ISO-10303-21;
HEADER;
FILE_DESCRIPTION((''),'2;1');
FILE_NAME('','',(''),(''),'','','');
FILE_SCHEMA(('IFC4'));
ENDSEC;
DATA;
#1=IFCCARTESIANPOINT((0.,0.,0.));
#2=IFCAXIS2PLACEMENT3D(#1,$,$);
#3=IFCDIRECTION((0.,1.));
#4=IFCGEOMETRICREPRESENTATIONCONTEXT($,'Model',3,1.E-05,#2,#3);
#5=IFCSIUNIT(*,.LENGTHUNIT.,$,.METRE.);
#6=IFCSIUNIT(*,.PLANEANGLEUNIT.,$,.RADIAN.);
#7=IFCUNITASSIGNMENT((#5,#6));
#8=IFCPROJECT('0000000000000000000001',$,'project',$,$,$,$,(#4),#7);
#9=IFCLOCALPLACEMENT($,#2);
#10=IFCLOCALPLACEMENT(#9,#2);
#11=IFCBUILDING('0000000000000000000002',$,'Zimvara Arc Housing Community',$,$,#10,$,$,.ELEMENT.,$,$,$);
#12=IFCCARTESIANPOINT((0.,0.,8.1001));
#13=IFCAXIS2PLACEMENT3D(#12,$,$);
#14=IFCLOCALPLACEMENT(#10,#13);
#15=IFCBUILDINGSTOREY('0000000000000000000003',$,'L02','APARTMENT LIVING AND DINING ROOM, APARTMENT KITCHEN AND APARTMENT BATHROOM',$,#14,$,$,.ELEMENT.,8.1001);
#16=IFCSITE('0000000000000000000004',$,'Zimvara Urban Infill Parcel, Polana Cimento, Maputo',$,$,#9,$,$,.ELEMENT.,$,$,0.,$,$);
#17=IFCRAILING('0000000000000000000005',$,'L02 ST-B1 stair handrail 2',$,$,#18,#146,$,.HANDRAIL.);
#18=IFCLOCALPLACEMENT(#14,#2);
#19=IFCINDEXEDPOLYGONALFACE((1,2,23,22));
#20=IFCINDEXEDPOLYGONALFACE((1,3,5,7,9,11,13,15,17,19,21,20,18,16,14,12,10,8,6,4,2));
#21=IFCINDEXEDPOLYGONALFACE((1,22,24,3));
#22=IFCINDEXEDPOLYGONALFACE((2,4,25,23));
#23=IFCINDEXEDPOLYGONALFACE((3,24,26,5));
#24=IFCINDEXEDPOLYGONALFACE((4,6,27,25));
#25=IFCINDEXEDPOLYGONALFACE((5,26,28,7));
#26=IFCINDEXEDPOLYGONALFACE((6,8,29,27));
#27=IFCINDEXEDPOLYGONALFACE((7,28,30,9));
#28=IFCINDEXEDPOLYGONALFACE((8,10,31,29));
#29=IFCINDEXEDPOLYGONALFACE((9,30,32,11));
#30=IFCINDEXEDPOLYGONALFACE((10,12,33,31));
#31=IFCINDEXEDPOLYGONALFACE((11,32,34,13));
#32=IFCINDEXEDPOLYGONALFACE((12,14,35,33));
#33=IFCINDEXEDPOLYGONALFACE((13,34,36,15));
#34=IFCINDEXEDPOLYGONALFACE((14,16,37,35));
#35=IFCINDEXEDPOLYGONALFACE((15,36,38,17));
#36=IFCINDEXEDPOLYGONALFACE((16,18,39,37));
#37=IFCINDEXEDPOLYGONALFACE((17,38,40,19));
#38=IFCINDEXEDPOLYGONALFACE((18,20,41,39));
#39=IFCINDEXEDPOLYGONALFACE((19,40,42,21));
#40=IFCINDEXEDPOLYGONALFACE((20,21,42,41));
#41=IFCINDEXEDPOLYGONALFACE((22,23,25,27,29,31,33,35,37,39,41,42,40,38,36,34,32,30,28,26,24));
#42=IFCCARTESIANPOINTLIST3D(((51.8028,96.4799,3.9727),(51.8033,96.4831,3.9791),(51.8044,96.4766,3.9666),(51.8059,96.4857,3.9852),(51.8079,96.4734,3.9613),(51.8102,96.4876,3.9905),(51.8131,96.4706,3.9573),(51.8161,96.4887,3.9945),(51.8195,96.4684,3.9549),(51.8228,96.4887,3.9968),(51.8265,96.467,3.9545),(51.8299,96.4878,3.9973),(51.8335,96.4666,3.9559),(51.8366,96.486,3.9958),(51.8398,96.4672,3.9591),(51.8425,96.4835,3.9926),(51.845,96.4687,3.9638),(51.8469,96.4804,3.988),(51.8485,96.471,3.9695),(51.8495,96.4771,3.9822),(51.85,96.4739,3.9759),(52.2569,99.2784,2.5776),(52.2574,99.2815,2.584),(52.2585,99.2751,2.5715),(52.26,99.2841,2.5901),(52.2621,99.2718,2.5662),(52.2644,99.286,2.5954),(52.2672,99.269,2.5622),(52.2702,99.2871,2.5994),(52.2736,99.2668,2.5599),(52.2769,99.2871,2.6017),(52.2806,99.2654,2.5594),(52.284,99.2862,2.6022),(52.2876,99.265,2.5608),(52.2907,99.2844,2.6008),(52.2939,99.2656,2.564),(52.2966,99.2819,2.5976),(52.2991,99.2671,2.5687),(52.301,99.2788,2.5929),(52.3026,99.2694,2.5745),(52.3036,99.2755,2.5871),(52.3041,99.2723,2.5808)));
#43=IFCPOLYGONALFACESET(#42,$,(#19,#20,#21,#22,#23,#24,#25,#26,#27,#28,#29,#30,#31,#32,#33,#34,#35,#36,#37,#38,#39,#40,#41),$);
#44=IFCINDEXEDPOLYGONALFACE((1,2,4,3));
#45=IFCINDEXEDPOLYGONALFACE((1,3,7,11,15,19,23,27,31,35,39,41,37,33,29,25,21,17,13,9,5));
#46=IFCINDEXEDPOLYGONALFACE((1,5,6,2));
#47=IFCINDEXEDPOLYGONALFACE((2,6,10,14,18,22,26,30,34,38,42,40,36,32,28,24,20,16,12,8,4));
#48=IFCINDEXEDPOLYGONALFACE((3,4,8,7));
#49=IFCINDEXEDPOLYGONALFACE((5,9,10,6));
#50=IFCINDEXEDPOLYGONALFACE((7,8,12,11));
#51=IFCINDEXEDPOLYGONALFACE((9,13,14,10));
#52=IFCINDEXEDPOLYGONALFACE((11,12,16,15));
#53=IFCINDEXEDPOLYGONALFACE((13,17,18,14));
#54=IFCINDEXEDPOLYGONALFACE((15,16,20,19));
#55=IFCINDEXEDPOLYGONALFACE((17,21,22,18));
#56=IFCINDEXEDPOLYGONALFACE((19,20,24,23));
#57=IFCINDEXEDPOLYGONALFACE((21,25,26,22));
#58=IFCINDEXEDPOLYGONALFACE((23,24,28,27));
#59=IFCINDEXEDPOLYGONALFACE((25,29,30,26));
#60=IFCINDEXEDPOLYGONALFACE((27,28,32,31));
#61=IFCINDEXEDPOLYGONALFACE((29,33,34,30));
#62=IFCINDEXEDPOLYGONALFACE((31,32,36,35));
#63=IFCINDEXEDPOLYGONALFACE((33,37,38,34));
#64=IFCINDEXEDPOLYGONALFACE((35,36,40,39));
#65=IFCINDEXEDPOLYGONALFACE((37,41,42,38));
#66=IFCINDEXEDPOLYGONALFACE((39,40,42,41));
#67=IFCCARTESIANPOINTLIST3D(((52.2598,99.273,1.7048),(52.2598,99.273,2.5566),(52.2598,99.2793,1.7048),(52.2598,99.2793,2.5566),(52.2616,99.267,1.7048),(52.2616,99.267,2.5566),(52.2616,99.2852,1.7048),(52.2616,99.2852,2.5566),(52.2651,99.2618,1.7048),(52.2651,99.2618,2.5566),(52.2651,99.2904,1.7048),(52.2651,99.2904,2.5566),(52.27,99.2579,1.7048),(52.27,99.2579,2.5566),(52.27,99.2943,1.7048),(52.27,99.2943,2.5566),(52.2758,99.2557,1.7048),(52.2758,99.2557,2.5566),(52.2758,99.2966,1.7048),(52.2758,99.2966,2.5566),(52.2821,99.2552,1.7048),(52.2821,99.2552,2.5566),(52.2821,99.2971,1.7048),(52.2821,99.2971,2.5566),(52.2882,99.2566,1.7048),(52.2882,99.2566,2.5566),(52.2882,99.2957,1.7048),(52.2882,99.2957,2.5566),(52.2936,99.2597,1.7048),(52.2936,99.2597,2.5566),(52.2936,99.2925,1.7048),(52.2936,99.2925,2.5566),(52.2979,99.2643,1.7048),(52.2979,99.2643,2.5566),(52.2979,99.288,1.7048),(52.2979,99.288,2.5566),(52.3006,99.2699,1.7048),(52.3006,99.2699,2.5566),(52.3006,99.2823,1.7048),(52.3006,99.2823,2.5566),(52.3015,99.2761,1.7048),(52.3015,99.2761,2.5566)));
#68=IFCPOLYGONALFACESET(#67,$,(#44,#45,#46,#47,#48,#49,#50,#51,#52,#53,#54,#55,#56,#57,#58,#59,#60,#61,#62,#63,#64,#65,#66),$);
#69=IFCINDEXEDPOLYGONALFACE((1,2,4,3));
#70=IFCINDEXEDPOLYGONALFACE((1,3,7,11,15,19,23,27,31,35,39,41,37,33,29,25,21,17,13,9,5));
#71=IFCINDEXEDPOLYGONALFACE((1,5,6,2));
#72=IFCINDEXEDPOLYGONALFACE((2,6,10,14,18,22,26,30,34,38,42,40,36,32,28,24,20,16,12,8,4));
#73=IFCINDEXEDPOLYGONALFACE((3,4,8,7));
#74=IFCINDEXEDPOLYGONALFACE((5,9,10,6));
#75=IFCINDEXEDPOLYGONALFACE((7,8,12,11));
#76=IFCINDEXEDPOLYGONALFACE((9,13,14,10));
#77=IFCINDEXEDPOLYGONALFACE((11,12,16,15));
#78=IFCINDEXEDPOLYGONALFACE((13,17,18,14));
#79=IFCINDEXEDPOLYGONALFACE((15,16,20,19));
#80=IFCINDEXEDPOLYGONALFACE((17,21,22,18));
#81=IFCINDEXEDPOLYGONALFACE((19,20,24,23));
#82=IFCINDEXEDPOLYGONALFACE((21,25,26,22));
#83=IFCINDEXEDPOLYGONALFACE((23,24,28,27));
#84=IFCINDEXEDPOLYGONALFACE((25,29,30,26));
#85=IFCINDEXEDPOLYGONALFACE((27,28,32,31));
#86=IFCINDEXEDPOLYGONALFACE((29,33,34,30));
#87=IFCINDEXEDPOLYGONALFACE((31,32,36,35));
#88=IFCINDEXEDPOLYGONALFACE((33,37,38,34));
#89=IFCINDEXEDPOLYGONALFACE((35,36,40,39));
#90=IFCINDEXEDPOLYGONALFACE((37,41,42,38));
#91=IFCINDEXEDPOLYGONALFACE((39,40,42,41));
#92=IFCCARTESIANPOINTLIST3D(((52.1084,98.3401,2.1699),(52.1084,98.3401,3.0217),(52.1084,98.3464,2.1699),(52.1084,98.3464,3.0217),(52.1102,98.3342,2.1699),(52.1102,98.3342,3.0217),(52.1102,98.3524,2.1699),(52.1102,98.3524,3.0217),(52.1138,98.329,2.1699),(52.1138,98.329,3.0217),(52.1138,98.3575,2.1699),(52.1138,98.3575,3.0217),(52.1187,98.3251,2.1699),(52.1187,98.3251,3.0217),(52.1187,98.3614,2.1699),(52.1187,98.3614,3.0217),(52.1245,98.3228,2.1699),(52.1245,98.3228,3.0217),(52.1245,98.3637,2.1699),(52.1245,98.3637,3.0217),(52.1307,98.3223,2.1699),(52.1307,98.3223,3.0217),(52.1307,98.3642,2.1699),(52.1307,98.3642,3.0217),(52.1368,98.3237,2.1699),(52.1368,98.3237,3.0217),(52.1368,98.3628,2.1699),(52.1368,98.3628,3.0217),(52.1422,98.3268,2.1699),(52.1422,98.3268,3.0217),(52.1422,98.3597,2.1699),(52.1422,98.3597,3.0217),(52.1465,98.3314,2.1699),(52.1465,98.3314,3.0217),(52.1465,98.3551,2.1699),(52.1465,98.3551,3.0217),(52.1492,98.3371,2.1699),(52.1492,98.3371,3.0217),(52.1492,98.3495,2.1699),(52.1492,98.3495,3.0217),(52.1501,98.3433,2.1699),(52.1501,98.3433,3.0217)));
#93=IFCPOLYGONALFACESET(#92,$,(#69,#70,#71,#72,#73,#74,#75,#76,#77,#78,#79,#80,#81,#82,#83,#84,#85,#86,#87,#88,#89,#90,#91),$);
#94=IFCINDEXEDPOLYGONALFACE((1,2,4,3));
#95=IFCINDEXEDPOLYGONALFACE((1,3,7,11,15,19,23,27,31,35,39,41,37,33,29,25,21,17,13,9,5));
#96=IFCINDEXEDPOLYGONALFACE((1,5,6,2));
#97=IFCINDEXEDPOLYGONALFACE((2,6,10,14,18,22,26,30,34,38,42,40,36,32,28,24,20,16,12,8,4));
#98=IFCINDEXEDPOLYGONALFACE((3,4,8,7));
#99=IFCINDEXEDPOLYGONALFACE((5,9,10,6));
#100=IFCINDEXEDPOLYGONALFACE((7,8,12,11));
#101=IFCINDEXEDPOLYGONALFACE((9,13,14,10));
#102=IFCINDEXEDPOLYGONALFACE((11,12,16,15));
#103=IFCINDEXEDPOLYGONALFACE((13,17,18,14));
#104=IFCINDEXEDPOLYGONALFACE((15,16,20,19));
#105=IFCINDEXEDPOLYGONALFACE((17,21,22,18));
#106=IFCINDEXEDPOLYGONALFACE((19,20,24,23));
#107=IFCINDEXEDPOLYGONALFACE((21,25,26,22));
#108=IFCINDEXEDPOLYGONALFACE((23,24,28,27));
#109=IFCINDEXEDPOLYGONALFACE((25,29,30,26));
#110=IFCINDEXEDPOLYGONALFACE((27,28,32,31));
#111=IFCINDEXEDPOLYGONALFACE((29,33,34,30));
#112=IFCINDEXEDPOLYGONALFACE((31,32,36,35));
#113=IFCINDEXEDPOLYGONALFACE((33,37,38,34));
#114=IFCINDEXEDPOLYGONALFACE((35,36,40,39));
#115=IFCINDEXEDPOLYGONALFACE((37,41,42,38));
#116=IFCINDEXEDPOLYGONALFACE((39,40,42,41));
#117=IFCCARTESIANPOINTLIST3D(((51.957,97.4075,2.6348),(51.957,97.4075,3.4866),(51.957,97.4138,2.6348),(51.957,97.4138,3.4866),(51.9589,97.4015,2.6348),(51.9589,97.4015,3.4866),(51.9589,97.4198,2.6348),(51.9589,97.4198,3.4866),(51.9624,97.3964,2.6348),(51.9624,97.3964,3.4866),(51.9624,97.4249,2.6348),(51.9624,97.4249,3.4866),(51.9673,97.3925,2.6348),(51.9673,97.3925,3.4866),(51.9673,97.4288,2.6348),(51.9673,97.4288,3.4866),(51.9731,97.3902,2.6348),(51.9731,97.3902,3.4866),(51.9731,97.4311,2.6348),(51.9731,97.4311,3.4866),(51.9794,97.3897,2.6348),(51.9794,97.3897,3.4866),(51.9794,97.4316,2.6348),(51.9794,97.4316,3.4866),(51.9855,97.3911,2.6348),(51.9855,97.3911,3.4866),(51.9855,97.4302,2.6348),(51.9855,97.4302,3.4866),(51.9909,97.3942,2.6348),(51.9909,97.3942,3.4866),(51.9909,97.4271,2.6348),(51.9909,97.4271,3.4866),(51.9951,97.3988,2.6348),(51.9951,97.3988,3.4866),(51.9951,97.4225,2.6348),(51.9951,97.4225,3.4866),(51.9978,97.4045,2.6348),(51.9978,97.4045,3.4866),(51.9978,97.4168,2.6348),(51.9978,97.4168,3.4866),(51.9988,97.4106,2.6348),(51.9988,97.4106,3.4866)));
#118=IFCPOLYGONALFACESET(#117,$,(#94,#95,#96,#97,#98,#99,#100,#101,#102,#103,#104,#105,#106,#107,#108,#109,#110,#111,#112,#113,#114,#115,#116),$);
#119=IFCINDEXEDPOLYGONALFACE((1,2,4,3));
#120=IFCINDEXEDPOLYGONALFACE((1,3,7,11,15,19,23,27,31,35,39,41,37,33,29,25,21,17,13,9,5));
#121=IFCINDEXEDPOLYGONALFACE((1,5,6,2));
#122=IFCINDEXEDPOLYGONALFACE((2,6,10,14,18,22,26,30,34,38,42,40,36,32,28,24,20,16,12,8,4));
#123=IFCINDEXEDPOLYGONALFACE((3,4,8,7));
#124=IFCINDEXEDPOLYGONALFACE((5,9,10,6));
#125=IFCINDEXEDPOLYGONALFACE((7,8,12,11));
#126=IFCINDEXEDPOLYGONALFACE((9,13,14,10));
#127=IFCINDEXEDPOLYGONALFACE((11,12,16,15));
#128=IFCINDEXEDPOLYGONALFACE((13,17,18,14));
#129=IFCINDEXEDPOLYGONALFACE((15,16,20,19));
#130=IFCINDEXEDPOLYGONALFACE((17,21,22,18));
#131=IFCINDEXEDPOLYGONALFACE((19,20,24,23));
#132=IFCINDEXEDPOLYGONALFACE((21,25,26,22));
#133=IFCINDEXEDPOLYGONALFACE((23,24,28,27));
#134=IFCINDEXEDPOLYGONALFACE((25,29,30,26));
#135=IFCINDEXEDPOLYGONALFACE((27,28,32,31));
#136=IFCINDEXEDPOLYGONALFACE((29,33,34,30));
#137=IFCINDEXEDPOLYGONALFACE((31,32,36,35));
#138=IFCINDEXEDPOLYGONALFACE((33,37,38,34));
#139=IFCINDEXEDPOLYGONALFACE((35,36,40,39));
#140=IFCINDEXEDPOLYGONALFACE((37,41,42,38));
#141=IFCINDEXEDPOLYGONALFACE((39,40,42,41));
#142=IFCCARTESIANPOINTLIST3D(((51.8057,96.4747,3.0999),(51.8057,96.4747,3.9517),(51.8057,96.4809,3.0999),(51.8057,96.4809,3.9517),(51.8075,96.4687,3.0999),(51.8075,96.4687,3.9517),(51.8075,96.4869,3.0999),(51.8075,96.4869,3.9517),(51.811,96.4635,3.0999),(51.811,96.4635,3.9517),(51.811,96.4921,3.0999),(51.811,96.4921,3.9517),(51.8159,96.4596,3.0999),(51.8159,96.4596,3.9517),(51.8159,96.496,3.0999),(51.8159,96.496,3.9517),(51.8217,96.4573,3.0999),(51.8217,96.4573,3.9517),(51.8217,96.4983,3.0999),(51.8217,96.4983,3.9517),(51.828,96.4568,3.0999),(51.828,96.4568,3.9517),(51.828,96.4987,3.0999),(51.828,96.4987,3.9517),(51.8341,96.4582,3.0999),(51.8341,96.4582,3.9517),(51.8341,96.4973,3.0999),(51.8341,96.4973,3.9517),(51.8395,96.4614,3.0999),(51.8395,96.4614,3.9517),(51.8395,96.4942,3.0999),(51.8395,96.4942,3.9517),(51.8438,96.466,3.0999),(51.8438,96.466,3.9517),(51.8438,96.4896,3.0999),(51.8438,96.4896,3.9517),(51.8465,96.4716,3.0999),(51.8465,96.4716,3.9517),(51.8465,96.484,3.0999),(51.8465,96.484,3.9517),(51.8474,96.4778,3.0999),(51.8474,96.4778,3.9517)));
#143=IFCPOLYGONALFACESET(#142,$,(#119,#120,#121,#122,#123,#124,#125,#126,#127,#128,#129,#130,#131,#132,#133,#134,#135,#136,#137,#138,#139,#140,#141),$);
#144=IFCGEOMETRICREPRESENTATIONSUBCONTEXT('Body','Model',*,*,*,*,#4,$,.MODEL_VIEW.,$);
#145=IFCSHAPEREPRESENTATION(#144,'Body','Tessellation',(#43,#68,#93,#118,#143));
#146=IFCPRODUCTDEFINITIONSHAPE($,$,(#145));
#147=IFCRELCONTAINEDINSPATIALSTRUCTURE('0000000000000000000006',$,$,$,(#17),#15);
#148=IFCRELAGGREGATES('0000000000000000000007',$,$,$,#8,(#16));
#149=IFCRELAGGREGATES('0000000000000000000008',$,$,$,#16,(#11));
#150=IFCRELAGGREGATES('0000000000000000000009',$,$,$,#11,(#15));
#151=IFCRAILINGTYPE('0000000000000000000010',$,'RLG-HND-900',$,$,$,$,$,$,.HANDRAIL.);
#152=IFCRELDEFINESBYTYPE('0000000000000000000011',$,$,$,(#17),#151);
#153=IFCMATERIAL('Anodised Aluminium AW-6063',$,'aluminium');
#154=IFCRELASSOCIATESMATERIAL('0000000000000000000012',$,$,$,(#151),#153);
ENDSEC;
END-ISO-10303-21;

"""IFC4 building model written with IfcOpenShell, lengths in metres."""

from ifc_helpers import new_model, si_unit, direction, frame, origin, origin_2d, place, context, subcontext, project, spatial, circle, extrude, material, type_object, element, save


model = new_model("IFC4")

# Units and contexts
model_context = context("Model", 3, precision=1e-05, world=origin(), true_north=direction((0.0, 1.0)))
body_context = subcontext(model_context, "Body", "Model", "MODEL_VIEW")
ifc_project = project(units=[si_unit("LENGTHUNIT", "METRE"), si_unit("PLANEANGLEUNIT", "RADIAN")], contexts=[model_context])

# Site, building, storey
site_placement = place(None, origin())
site = spatial("IfcSite", under=ifc_project, at=site_placement, Name="Zimvara Urban Infill Parcel, Polana Cimento, Maputo", CompositionType="ELEMENT", RefElevation=0.0)
building_placement = place(site_placement, origin())
building = spatial("IfcBuilding", under=site, at=building_placement, Name="Zimvara Arc Housing Community", CompositionType="ELEMENT")
storey_placement = place(building_placement, frame((0.0, 0.0, 8.1001)))
storey = spatial("IfcBuildingStorey", under=building, at=storey_placement, Name="L02", Description="APARTMENT LIVING AND DINING ROOM, APARTMENT KITCHEN AND APARTMENT BATHROOM", CompositionType="ELEMENT", Elevation=8.1001)

# Railing
ifc_material_1 = material(Name="Anodised Aluminium AW-6063", Category="aluminium")
railing_type_1 = type_object("IfcRailingType", Name="RLG-HND-900", PredefinedType="HANDRAIL", material=ifc_material_1)
railing_1_placement = place(storey_placement, frame((52.2805, 99.2761, 1.7048)))
element("IfcRailing", 1, at=railing_1_placement, inside=storey, type_object=railing_type_1, Name="L02 ST-B1 stair handrail 2", PredefinedType="HANDRAIL", context=body_context, shape_type="SweptSolid", body=[
    extrude(circle(Radius=0.0239, at=origin_2d()), frame((0.0, 0.0, 0.876), z_axis=(-0.143722, -0.885666, 0.44152), x_axis=(0.987088, -0.16018, 0.0)), (0.0, 0.0, 1.0), 3.1597),
    extrude(circle(Radius=0.021, at=origin_2d()), origin(), (0.0, 0.0, 1.0), 0.8518),
    extrude(circle(Radius=0.021, at=origin_2d()), frame((-0.1514, -0.9329, 0.4651)), (0.0, 0.0, 1.0), 0.8518),
    extrude(circle(Radius=0.021, at=origin_2d()), frame((-0.3027, -1.8655, 0.9299)), (0.0, 0.0, 1.0), 0.8518),
    extrude(circle(Radius=0.021, at=origin_2d()), frame((-0.4541, -2.7983, 1.395)), (0.0, 0.0, 1.0), 0.8518),
])

save(model, "model.ifc")
